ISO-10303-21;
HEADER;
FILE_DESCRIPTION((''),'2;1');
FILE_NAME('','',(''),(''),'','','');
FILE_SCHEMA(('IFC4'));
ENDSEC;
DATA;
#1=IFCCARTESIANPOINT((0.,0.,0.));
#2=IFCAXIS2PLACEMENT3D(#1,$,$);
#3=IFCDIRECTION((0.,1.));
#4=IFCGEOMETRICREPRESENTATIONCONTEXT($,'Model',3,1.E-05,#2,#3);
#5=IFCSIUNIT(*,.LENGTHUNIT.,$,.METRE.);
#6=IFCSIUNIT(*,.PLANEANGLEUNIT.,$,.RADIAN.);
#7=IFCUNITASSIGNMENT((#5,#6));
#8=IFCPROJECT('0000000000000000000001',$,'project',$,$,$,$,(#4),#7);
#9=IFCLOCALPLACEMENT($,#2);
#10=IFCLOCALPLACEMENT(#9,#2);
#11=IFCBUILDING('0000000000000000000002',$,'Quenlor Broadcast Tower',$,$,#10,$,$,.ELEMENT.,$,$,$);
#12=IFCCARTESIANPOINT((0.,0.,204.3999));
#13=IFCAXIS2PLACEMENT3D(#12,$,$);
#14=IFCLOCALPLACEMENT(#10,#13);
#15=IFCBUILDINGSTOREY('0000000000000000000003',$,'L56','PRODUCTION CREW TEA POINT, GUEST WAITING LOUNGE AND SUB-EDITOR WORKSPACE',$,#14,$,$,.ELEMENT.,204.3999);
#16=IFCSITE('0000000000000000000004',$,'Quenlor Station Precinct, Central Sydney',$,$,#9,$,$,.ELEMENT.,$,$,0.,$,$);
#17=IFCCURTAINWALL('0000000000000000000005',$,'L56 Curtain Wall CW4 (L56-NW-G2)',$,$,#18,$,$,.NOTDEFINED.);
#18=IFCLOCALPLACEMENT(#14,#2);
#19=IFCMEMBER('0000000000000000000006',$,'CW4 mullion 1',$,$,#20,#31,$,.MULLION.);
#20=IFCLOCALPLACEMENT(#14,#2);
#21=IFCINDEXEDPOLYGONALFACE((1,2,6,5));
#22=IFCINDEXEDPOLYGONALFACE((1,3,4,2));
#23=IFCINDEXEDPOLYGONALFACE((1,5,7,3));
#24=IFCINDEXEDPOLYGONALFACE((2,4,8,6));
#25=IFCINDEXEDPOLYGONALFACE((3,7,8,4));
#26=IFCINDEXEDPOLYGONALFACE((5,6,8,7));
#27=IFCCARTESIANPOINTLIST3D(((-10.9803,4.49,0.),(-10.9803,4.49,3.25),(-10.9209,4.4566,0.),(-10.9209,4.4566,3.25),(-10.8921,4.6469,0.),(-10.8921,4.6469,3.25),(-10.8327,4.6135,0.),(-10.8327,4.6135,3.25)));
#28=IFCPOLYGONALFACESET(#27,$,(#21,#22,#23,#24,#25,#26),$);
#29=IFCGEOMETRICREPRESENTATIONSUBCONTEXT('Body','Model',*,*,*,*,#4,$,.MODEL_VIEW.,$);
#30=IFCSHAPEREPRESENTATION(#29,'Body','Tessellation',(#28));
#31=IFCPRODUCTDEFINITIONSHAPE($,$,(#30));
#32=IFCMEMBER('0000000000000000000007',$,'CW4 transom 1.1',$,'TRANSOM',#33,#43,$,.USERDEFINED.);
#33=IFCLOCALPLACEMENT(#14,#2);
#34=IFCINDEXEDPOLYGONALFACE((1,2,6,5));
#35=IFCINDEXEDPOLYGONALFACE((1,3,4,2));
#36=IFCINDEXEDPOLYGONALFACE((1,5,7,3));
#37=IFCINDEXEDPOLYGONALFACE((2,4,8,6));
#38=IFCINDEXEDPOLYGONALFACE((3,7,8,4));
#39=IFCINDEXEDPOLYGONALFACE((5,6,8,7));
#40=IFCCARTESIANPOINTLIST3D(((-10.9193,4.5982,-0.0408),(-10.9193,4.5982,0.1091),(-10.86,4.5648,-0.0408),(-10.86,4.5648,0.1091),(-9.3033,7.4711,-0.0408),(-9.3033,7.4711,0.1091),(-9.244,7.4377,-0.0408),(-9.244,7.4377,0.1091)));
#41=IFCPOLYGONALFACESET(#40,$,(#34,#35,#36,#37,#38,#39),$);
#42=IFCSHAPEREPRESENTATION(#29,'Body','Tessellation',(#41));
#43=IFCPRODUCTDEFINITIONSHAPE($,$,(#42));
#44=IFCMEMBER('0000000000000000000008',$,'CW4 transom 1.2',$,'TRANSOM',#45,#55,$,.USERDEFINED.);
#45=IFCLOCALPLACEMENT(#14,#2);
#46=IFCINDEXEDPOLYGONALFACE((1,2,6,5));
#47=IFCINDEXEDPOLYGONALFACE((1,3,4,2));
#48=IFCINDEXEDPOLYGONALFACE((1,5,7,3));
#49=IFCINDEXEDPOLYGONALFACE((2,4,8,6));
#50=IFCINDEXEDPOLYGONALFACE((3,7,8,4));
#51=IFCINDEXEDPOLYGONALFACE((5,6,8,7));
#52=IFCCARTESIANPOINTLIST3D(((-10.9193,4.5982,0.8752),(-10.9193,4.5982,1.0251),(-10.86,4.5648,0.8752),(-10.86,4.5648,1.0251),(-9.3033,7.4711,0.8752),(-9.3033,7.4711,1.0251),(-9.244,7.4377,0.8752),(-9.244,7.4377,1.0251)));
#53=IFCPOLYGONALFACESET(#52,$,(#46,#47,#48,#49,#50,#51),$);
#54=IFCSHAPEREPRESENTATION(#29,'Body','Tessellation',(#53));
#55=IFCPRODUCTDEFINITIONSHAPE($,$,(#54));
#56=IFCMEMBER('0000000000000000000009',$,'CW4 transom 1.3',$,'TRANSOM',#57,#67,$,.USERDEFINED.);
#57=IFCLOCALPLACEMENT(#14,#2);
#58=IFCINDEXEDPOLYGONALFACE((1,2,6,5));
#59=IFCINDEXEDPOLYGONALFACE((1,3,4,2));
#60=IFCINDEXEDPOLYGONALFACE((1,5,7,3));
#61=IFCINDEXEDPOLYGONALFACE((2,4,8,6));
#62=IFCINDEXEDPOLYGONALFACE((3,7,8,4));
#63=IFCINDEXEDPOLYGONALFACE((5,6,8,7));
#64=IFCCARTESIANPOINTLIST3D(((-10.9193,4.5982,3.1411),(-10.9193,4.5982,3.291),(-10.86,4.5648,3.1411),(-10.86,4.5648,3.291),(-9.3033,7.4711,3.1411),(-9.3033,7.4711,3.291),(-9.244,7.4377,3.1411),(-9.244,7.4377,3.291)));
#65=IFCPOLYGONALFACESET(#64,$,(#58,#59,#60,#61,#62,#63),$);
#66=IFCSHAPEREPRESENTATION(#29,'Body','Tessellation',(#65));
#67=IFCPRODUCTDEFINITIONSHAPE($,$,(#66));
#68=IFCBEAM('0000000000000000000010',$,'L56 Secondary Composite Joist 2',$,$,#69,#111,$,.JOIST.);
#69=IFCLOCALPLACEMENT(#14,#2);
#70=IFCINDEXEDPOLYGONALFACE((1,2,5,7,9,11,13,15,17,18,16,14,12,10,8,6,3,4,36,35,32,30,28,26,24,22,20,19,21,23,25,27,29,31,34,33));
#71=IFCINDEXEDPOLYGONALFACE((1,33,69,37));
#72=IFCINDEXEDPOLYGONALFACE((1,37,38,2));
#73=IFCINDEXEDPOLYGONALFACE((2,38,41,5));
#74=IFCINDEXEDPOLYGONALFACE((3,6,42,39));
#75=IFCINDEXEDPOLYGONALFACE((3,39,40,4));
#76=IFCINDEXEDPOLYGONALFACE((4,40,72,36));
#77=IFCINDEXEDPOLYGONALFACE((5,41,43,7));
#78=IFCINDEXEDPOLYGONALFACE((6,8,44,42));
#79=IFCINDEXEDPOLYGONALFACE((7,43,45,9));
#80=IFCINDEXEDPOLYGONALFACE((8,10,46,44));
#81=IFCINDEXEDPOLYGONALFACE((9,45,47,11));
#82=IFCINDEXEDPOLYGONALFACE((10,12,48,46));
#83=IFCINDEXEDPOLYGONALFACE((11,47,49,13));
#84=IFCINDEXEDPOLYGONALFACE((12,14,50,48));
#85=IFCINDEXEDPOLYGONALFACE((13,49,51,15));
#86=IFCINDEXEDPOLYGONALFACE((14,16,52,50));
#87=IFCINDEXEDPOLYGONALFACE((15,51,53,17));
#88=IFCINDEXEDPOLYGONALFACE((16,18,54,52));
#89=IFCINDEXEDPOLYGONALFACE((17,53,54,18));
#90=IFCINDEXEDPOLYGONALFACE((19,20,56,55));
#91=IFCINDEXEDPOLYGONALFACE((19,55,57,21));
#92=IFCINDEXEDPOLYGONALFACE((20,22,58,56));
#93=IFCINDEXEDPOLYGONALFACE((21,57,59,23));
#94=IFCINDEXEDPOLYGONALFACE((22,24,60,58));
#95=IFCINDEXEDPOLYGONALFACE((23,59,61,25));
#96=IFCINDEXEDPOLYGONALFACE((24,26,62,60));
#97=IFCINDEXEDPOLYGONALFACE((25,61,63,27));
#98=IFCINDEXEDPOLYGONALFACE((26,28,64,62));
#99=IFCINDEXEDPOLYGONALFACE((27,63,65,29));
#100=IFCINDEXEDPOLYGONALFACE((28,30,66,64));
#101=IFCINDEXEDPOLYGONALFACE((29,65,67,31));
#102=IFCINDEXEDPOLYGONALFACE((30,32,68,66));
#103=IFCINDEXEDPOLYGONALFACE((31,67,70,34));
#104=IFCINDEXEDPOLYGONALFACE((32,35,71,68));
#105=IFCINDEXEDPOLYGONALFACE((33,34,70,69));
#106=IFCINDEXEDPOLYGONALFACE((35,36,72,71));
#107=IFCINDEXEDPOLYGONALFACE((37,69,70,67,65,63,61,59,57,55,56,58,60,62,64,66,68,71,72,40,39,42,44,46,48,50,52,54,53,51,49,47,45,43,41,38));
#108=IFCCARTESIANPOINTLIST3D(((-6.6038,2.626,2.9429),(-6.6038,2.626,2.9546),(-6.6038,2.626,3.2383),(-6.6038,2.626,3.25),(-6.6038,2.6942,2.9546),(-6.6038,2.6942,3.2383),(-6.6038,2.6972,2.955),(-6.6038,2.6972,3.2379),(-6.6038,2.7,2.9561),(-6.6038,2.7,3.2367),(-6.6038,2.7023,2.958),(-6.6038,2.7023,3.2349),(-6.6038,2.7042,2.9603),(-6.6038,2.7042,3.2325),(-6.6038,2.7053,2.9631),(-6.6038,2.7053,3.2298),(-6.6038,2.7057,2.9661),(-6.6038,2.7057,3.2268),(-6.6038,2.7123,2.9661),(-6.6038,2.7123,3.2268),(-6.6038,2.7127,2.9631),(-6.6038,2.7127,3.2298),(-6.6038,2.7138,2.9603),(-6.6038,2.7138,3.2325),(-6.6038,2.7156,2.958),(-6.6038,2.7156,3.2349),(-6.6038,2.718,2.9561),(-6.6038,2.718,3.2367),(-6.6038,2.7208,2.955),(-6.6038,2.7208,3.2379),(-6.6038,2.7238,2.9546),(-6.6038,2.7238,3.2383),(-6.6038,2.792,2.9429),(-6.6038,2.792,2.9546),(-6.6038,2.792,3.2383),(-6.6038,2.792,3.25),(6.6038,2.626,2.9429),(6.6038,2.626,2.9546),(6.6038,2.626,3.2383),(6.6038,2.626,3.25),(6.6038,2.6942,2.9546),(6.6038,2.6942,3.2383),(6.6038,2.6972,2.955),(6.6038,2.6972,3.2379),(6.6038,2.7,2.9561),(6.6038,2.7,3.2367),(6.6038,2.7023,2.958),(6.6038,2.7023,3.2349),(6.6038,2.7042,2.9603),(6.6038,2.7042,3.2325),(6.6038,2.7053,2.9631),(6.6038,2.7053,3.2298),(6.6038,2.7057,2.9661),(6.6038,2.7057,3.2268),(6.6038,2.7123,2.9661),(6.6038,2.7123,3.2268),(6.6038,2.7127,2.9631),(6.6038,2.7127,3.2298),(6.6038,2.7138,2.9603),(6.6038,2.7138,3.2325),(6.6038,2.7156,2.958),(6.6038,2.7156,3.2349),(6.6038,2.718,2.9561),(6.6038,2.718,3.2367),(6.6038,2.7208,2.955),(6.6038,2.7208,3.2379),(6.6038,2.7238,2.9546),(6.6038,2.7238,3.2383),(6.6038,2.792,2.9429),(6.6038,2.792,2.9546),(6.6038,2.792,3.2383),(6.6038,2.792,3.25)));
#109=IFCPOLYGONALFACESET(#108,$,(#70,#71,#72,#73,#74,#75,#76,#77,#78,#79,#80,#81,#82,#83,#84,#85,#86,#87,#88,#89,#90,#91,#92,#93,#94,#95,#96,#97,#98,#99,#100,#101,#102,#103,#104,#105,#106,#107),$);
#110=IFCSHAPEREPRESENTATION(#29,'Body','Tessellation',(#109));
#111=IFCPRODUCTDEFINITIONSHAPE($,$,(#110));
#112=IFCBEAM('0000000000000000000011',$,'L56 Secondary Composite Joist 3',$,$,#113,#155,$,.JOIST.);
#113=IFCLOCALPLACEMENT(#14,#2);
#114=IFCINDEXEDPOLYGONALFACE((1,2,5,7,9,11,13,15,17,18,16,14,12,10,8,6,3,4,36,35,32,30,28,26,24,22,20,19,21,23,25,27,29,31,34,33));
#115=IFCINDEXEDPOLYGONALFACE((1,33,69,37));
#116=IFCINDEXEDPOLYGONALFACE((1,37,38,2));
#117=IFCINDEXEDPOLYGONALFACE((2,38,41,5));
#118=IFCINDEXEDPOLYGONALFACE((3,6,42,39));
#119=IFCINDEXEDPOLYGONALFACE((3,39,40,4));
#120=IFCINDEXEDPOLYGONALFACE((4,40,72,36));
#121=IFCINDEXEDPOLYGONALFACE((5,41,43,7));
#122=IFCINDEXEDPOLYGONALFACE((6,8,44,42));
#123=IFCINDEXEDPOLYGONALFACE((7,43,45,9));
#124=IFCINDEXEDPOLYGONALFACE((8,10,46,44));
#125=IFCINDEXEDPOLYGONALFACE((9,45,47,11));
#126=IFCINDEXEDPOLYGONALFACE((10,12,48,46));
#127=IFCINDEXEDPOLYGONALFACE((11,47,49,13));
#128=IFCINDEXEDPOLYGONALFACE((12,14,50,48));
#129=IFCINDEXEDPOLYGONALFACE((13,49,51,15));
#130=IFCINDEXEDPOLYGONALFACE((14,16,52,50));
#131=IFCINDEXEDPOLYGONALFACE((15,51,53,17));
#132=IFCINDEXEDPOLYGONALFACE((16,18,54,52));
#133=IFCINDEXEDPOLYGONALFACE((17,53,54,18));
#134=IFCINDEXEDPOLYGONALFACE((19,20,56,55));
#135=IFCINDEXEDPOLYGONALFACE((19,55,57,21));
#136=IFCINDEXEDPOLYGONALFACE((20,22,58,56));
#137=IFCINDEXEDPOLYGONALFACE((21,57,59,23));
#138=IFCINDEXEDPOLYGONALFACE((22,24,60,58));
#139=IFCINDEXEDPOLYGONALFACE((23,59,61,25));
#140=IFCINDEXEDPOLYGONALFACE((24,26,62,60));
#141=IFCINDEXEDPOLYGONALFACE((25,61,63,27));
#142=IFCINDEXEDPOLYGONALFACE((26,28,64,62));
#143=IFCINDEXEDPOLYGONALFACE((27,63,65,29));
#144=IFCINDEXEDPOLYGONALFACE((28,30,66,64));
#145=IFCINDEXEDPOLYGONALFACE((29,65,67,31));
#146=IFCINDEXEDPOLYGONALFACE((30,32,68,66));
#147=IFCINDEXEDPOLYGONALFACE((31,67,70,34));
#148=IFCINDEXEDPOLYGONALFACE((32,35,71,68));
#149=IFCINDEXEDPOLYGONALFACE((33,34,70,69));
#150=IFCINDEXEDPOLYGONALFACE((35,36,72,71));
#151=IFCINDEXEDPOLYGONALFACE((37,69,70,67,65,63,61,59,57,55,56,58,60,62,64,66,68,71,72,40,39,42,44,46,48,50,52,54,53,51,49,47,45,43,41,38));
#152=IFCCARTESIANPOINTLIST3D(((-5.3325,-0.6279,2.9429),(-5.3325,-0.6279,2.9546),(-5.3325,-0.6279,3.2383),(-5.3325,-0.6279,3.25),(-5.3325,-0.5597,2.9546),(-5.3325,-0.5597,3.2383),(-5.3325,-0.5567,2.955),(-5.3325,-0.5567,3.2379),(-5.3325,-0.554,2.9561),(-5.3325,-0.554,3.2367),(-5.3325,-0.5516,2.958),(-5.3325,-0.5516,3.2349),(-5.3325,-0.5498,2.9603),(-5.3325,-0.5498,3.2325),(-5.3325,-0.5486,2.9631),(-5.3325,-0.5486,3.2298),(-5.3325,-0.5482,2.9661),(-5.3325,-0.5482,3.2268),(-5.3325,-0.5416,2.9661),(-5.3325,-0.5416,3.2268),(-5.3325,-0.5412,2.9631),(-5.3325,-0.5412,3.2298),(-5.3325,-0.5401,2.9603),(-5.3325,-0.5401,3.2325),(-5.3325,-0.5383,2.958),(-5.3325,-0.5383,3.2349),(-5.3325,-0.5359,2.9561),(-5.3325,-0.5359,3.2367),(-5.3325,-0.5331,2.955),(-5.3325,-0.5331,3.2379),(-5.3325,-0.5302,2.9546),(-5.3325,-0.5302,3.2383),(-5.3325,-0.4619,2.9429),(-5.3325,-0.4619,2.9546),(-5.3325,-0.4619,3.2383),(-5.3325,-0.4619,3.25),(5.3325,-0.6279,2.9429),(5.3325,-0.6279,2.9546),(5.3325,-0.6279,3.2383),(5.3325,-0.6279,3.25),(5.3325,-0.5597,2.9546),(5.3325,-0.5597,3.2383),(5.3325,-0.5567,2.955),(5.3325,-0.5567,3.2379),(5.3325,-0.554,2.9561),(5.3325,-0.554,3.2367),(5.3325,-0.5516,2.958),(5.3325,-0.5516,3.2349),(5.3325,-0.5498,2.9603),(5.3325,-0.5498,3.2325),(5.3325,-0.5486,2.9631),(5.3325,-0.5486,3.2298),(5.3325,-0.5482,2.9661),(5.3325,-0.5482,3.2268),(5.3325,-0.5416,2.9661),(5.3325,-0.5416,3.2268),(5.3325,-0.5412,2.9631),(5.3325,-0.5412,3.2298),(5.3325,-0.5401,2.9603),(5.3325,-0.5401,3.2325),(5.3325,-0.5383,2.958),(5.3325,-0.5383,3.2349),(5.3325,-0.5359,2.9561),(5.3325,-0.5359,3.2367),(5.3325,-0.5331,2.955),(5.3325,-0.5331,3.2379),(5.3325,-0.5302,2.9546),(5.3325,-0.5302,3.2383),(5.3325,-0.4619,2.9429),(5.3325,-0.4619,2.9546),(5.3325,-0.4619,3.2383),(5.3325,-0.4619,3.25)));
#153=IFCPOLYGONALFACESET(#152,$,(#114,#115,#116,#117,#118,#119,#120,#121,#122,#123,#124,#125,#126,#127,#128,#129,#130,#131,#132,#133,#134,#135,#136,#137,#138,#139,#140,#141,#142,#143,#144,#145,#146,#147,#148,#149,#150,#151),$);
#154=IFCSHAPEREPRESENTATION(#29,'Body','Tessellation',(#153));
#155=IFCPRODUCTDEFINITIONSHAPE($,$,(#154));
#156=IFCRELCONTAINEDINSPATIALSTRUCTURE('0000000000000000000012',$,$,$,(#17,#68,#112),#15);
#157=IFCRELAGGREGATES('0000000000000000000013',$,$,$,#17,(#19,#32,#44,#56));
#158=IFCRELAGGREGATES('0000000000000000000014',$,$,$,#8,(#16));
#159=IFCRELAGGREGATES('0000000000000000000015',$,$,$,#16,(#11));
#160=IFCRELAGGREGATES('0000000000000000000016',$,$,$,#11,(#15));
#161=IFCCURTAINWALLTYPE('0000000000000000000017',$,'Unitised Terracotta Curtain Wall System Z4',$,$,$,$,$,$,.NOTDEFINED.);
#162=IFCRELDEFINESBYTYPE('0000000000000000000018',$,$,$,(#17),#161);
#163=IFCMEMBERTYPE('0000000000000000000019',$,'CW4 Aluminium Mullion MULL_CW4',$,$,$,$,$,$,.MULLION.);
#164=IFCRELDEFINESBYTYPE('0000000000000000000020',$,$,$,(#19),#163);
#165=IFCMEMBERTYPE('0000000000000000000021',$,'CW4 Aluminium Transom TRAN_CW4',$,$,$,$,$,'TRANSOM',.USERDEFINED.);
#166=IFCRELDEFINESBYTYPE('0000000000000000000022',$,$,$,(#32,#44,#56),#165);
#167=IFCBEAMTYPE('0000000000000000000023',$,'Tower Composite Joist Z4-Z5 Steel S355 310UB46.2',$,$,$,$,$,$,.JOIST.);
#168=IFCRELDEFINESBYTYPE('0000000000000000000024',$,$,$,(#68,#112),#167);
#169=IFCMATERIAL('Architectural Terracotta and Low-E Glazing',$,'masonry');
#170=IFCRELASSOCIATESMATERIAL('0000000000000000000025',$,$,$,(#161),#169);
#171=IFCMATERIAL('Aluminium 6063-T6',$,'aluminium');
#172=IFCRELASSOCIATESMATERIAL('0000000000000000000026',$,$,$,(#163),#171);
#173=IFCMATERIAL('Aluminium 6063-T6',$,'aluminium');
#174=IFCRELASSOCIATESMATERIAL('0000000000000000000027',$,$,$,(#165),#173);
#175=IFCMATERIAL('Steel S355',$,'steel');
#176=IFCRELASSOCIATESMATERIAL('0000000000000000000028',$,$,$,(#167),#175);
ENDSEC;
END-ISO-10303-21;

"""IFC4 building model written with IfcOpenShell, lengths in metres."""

from ifc_helpers import new_model, si_unit, direction, frame, origin, origin_2d, place, context, subcontext, project, spatial, rectangle, i_section, extrude, material, material_profile, profile_set, type_object, element, aggregate, save


model = new_model("IFC4")

# Units and contexts
model_context = context("Model", 3, precision=1e-05, world=origin(), true_north=direction((0.0, 1.0)))
body_context = subcontext(model_context, "Body", "Model", "MODEL_VIEW")
ifc_project = project(units=[si_unit("LENGTHUNIT", "METRE"), si_unit("PLANEANGLEUNIT", "RADIAN")], contexts=[model_context])

# Site, building, storey
site_placement = place(None, origin())
site = spatial("IfcSite", under=ifc_project, at=site_placement, Name="Quenlor Station Precinct, Central Sydney", CompositionType="ELEMENT", RefElevation=0.0)
building_placement = place(site_placement, origin())
building = spatial("IfcBuilding", under=site, at=building_placement, Name="Quenlor Broadcast Tower", CompositionType="ELEMENT")
storey_placement = place(building_placement, frame((0.0, 0.0, 204.3999)))
storey = spatial("IfcBuildingStorey", under=building, at=storey_placement, Name="L56", Description="PRODUCTION CREW TEA POINT, GUEST WAITING LOUNGE AND SUB-EDITOR WORKSPACE", CompositionType="ELEMENT", Elevation=204.3999)

# Curtain wall, members
ifc_material_1 = material(Name="Architectural Terracotta and Low-E Glazing", Category="masonry")
curtain_wall_type = type_object("IfcCurtainWallType", Name="Unitised Terracotta Curtain Wall System Z4", PredefinedType="NOTDEFINED", material=ifc_material_1)
curtain_wall_placement = place(storey_placement, origin())
curtain_wall = element("IfcCurtainWall", 1, at=curtain_wall_placement, inside=storey, type_object=curtain_wall_type, Name="L56 Curtain Wall CW4 (L56-NW-G2)", PredefinedType="NOTDEFINED")
ifc_material_2 = material(Name="Aluminium 6063-T6", Category="aluminium")
ifc_material_profile_1 = material_profile(ifc_material_2, rectangle(XDim=0.0681, YDim=0.1799, at=origin_2d()))
ifc_profile_set_1 = profile_set([ifc_material_profile_1], Name="Aluminium 6063-T6 MULL68x180")
member_type_1 = type_object("IfcMemberType", Name="CW4 Aluminium Mullion MULL_CW4", PredefinedType="MULLION", material=ifc_profile_set_1)
member_1_placement = place(storey_placement, frame((-10.9065, 4.5518, 0.0), z_axis=(0.0, 0.0, 1.0), x_axis=(-0.871578, 0.490257, 0.0)))
member_1 = element("IfcMember", 2, at=member_1_placement, type_object=member_type_1, Name="CW4 mullion 1", PredefinedType="MULLION", context=body_context, shape_type="SweptSolid", body=[
    extrude(rectangle(XDim=0.0681, YDim=0.1799, at=origin_2d()), origin(), (0.0, 0.0, 1.0), 3.25),
])
ifc_material_3 = material(Name="Aluminium 6063-T6", Category="aluminium")
ifc_material_profile_2 = material_profile(ifc_material_3, rectangle(XDim=0.0681, YDim=0.1499, at=origin_2d()))
ifc_profile_set_2 = profile_set([ifc_material_profile_2], Name="Aluminium 6063-T6 TRAN68x150")
member_type_2 = type_object("IfcMemberType", Name="CW4 Aluminium Transom TRAN_CW4", ElementType="TRANSOM", PredefinedType="USERDEFINED", material=ifc_profile_set_2)
member_2_placement = place(storey_placement, frame((-10.8896, 4.5815, 0.0342), z_axis=(0.490265, 0.871574, 0.0), x_axis=(-0.871574, 0.490265, 0.0)))
member_2 = element("IfcMember", 3, at=member_2_placement, type_object=member_type_2, Name="CW4 transom 1.1", ObjectType="TRANSOM", PredefinedType="USERDEFINED", context=body_context, shape_type="SweptSolid", body=[
    extrude(rectangle(XDim=0.0681, YDim=0.1499, at=origin_2d()), origin(), (0.0, 0.0, 1.0), 3.2961),
])
member_3_placement = place(storey_placement, frame((-10.8896, 4.5815, 0.9502), z_axis=(0.490265, 0.871574, 0.0), x_axis=(-0.871574, 0.490265, 0.0)))
member_3 = element("IfcMember", 4, at=member_3_placement, type_object=member_type_2, Name="CW4 transom 1.2", ObjectType="TRANSOM", PredefinedType="USERDEFINED", context=body_context, shape_type="SweptSolid", body=[
    extrude(rectangle(XDim=0.0681, YDim=0.1499, at=origin_2d()), origin(), (0.0, 0.0, 1.0), 3.2961),
])
member_4_placement = place(storey_placement, frame((-10.8896, 4.5815, 3.2161), z_axis=(0.490265, 0.871574, 0.0), x_axis=(-0.871574, 0.490265, 0.0)))
member_4 = element("IfcMember", 5, at=member_4_placement, type_object=member_type_2, Name="CW4 transom 1.3", ObjectType="TRANSOM", PredefinedType="USERDEFINED", context=body_context, shape_type="SweptSolid", body=[
    extrude(rectangle(XDim=0.0681, YDim=0.1499, at=origin_2d()), origin(), (0.0, 0.0, 1.0), 3.2961),
])
aggregate(curtain_wall, [member_1, member_2, member_3, member_4])

# Beams
ifc_material_4 = material(Name="Steel S355", Category="steel")
ifc_material_profile_3 = material_profile(ifc_material_4, i_section(OverallWidth=0.166, OverallDepth=0.3071, WebThickness=0.0066, FlangeThickness=0.0117, FilletRadius=0.0115, at=origin_2d()))
ifc_profile_set_3 = profile_set([ifc_material_profile_3], Name="Steel S355 310UB46.2")
beam_type = type_object("IfcBeamType", Name="Tower Composite Joist Z4-Z5 Steel S355 310UB46.2", PredefinedType="JOIST", material=ifc_profile_set_3)
beam_1_placement = place(storey_placement, frame((-6.6038, 2.709, 3.0964), z_axis=(1.0, 0.0, 0.0), x_axis=(0.0, 1.0, 0.0)))
element("IfcBeam", 6, at=beam_1_placement, inside=storey, type_object=beam_type, Name="L56 Secondary Composite Joist 2", PredefinedType="JOIST", context=body_context, shape_type="SweptSolid", body=[
    extrude(i_section(OverallWidth=0.166, OverallDepth=0.3071, WebThickness=0.0066, FlangeThickness=0.0117, FilletRadius=0.0115, at=origin_2d()), origin(), (0.0, 0.0, 1.0), 13.2075),
])
beam_2_placement = place(storey_placement, frame((-5.3325, -0.5449, 3.0964), z_axis=(1.0, 0.0, 0.0), x_axis=(0.0, 1.0, 0.0)))
element("IfcBeam", 7, at=beam_2_placement, inside=storey, type_object=beam_type, Name="L56 Secondary Composite Joist 3", PredefinedType="JOIST", context=body_context, shape_type="SweptSolid", body=[
    extrude(i_section(OverallWidth=0.166, OverallDepth=0.3071, WebThickness=0.0066, FlangeThickness=0.0117, FilletRadius=0.0115, at=origin_2d()), origin(), (0.0, 0.0, 1.0), 10.665),
])

save(model, "model.ifc")
